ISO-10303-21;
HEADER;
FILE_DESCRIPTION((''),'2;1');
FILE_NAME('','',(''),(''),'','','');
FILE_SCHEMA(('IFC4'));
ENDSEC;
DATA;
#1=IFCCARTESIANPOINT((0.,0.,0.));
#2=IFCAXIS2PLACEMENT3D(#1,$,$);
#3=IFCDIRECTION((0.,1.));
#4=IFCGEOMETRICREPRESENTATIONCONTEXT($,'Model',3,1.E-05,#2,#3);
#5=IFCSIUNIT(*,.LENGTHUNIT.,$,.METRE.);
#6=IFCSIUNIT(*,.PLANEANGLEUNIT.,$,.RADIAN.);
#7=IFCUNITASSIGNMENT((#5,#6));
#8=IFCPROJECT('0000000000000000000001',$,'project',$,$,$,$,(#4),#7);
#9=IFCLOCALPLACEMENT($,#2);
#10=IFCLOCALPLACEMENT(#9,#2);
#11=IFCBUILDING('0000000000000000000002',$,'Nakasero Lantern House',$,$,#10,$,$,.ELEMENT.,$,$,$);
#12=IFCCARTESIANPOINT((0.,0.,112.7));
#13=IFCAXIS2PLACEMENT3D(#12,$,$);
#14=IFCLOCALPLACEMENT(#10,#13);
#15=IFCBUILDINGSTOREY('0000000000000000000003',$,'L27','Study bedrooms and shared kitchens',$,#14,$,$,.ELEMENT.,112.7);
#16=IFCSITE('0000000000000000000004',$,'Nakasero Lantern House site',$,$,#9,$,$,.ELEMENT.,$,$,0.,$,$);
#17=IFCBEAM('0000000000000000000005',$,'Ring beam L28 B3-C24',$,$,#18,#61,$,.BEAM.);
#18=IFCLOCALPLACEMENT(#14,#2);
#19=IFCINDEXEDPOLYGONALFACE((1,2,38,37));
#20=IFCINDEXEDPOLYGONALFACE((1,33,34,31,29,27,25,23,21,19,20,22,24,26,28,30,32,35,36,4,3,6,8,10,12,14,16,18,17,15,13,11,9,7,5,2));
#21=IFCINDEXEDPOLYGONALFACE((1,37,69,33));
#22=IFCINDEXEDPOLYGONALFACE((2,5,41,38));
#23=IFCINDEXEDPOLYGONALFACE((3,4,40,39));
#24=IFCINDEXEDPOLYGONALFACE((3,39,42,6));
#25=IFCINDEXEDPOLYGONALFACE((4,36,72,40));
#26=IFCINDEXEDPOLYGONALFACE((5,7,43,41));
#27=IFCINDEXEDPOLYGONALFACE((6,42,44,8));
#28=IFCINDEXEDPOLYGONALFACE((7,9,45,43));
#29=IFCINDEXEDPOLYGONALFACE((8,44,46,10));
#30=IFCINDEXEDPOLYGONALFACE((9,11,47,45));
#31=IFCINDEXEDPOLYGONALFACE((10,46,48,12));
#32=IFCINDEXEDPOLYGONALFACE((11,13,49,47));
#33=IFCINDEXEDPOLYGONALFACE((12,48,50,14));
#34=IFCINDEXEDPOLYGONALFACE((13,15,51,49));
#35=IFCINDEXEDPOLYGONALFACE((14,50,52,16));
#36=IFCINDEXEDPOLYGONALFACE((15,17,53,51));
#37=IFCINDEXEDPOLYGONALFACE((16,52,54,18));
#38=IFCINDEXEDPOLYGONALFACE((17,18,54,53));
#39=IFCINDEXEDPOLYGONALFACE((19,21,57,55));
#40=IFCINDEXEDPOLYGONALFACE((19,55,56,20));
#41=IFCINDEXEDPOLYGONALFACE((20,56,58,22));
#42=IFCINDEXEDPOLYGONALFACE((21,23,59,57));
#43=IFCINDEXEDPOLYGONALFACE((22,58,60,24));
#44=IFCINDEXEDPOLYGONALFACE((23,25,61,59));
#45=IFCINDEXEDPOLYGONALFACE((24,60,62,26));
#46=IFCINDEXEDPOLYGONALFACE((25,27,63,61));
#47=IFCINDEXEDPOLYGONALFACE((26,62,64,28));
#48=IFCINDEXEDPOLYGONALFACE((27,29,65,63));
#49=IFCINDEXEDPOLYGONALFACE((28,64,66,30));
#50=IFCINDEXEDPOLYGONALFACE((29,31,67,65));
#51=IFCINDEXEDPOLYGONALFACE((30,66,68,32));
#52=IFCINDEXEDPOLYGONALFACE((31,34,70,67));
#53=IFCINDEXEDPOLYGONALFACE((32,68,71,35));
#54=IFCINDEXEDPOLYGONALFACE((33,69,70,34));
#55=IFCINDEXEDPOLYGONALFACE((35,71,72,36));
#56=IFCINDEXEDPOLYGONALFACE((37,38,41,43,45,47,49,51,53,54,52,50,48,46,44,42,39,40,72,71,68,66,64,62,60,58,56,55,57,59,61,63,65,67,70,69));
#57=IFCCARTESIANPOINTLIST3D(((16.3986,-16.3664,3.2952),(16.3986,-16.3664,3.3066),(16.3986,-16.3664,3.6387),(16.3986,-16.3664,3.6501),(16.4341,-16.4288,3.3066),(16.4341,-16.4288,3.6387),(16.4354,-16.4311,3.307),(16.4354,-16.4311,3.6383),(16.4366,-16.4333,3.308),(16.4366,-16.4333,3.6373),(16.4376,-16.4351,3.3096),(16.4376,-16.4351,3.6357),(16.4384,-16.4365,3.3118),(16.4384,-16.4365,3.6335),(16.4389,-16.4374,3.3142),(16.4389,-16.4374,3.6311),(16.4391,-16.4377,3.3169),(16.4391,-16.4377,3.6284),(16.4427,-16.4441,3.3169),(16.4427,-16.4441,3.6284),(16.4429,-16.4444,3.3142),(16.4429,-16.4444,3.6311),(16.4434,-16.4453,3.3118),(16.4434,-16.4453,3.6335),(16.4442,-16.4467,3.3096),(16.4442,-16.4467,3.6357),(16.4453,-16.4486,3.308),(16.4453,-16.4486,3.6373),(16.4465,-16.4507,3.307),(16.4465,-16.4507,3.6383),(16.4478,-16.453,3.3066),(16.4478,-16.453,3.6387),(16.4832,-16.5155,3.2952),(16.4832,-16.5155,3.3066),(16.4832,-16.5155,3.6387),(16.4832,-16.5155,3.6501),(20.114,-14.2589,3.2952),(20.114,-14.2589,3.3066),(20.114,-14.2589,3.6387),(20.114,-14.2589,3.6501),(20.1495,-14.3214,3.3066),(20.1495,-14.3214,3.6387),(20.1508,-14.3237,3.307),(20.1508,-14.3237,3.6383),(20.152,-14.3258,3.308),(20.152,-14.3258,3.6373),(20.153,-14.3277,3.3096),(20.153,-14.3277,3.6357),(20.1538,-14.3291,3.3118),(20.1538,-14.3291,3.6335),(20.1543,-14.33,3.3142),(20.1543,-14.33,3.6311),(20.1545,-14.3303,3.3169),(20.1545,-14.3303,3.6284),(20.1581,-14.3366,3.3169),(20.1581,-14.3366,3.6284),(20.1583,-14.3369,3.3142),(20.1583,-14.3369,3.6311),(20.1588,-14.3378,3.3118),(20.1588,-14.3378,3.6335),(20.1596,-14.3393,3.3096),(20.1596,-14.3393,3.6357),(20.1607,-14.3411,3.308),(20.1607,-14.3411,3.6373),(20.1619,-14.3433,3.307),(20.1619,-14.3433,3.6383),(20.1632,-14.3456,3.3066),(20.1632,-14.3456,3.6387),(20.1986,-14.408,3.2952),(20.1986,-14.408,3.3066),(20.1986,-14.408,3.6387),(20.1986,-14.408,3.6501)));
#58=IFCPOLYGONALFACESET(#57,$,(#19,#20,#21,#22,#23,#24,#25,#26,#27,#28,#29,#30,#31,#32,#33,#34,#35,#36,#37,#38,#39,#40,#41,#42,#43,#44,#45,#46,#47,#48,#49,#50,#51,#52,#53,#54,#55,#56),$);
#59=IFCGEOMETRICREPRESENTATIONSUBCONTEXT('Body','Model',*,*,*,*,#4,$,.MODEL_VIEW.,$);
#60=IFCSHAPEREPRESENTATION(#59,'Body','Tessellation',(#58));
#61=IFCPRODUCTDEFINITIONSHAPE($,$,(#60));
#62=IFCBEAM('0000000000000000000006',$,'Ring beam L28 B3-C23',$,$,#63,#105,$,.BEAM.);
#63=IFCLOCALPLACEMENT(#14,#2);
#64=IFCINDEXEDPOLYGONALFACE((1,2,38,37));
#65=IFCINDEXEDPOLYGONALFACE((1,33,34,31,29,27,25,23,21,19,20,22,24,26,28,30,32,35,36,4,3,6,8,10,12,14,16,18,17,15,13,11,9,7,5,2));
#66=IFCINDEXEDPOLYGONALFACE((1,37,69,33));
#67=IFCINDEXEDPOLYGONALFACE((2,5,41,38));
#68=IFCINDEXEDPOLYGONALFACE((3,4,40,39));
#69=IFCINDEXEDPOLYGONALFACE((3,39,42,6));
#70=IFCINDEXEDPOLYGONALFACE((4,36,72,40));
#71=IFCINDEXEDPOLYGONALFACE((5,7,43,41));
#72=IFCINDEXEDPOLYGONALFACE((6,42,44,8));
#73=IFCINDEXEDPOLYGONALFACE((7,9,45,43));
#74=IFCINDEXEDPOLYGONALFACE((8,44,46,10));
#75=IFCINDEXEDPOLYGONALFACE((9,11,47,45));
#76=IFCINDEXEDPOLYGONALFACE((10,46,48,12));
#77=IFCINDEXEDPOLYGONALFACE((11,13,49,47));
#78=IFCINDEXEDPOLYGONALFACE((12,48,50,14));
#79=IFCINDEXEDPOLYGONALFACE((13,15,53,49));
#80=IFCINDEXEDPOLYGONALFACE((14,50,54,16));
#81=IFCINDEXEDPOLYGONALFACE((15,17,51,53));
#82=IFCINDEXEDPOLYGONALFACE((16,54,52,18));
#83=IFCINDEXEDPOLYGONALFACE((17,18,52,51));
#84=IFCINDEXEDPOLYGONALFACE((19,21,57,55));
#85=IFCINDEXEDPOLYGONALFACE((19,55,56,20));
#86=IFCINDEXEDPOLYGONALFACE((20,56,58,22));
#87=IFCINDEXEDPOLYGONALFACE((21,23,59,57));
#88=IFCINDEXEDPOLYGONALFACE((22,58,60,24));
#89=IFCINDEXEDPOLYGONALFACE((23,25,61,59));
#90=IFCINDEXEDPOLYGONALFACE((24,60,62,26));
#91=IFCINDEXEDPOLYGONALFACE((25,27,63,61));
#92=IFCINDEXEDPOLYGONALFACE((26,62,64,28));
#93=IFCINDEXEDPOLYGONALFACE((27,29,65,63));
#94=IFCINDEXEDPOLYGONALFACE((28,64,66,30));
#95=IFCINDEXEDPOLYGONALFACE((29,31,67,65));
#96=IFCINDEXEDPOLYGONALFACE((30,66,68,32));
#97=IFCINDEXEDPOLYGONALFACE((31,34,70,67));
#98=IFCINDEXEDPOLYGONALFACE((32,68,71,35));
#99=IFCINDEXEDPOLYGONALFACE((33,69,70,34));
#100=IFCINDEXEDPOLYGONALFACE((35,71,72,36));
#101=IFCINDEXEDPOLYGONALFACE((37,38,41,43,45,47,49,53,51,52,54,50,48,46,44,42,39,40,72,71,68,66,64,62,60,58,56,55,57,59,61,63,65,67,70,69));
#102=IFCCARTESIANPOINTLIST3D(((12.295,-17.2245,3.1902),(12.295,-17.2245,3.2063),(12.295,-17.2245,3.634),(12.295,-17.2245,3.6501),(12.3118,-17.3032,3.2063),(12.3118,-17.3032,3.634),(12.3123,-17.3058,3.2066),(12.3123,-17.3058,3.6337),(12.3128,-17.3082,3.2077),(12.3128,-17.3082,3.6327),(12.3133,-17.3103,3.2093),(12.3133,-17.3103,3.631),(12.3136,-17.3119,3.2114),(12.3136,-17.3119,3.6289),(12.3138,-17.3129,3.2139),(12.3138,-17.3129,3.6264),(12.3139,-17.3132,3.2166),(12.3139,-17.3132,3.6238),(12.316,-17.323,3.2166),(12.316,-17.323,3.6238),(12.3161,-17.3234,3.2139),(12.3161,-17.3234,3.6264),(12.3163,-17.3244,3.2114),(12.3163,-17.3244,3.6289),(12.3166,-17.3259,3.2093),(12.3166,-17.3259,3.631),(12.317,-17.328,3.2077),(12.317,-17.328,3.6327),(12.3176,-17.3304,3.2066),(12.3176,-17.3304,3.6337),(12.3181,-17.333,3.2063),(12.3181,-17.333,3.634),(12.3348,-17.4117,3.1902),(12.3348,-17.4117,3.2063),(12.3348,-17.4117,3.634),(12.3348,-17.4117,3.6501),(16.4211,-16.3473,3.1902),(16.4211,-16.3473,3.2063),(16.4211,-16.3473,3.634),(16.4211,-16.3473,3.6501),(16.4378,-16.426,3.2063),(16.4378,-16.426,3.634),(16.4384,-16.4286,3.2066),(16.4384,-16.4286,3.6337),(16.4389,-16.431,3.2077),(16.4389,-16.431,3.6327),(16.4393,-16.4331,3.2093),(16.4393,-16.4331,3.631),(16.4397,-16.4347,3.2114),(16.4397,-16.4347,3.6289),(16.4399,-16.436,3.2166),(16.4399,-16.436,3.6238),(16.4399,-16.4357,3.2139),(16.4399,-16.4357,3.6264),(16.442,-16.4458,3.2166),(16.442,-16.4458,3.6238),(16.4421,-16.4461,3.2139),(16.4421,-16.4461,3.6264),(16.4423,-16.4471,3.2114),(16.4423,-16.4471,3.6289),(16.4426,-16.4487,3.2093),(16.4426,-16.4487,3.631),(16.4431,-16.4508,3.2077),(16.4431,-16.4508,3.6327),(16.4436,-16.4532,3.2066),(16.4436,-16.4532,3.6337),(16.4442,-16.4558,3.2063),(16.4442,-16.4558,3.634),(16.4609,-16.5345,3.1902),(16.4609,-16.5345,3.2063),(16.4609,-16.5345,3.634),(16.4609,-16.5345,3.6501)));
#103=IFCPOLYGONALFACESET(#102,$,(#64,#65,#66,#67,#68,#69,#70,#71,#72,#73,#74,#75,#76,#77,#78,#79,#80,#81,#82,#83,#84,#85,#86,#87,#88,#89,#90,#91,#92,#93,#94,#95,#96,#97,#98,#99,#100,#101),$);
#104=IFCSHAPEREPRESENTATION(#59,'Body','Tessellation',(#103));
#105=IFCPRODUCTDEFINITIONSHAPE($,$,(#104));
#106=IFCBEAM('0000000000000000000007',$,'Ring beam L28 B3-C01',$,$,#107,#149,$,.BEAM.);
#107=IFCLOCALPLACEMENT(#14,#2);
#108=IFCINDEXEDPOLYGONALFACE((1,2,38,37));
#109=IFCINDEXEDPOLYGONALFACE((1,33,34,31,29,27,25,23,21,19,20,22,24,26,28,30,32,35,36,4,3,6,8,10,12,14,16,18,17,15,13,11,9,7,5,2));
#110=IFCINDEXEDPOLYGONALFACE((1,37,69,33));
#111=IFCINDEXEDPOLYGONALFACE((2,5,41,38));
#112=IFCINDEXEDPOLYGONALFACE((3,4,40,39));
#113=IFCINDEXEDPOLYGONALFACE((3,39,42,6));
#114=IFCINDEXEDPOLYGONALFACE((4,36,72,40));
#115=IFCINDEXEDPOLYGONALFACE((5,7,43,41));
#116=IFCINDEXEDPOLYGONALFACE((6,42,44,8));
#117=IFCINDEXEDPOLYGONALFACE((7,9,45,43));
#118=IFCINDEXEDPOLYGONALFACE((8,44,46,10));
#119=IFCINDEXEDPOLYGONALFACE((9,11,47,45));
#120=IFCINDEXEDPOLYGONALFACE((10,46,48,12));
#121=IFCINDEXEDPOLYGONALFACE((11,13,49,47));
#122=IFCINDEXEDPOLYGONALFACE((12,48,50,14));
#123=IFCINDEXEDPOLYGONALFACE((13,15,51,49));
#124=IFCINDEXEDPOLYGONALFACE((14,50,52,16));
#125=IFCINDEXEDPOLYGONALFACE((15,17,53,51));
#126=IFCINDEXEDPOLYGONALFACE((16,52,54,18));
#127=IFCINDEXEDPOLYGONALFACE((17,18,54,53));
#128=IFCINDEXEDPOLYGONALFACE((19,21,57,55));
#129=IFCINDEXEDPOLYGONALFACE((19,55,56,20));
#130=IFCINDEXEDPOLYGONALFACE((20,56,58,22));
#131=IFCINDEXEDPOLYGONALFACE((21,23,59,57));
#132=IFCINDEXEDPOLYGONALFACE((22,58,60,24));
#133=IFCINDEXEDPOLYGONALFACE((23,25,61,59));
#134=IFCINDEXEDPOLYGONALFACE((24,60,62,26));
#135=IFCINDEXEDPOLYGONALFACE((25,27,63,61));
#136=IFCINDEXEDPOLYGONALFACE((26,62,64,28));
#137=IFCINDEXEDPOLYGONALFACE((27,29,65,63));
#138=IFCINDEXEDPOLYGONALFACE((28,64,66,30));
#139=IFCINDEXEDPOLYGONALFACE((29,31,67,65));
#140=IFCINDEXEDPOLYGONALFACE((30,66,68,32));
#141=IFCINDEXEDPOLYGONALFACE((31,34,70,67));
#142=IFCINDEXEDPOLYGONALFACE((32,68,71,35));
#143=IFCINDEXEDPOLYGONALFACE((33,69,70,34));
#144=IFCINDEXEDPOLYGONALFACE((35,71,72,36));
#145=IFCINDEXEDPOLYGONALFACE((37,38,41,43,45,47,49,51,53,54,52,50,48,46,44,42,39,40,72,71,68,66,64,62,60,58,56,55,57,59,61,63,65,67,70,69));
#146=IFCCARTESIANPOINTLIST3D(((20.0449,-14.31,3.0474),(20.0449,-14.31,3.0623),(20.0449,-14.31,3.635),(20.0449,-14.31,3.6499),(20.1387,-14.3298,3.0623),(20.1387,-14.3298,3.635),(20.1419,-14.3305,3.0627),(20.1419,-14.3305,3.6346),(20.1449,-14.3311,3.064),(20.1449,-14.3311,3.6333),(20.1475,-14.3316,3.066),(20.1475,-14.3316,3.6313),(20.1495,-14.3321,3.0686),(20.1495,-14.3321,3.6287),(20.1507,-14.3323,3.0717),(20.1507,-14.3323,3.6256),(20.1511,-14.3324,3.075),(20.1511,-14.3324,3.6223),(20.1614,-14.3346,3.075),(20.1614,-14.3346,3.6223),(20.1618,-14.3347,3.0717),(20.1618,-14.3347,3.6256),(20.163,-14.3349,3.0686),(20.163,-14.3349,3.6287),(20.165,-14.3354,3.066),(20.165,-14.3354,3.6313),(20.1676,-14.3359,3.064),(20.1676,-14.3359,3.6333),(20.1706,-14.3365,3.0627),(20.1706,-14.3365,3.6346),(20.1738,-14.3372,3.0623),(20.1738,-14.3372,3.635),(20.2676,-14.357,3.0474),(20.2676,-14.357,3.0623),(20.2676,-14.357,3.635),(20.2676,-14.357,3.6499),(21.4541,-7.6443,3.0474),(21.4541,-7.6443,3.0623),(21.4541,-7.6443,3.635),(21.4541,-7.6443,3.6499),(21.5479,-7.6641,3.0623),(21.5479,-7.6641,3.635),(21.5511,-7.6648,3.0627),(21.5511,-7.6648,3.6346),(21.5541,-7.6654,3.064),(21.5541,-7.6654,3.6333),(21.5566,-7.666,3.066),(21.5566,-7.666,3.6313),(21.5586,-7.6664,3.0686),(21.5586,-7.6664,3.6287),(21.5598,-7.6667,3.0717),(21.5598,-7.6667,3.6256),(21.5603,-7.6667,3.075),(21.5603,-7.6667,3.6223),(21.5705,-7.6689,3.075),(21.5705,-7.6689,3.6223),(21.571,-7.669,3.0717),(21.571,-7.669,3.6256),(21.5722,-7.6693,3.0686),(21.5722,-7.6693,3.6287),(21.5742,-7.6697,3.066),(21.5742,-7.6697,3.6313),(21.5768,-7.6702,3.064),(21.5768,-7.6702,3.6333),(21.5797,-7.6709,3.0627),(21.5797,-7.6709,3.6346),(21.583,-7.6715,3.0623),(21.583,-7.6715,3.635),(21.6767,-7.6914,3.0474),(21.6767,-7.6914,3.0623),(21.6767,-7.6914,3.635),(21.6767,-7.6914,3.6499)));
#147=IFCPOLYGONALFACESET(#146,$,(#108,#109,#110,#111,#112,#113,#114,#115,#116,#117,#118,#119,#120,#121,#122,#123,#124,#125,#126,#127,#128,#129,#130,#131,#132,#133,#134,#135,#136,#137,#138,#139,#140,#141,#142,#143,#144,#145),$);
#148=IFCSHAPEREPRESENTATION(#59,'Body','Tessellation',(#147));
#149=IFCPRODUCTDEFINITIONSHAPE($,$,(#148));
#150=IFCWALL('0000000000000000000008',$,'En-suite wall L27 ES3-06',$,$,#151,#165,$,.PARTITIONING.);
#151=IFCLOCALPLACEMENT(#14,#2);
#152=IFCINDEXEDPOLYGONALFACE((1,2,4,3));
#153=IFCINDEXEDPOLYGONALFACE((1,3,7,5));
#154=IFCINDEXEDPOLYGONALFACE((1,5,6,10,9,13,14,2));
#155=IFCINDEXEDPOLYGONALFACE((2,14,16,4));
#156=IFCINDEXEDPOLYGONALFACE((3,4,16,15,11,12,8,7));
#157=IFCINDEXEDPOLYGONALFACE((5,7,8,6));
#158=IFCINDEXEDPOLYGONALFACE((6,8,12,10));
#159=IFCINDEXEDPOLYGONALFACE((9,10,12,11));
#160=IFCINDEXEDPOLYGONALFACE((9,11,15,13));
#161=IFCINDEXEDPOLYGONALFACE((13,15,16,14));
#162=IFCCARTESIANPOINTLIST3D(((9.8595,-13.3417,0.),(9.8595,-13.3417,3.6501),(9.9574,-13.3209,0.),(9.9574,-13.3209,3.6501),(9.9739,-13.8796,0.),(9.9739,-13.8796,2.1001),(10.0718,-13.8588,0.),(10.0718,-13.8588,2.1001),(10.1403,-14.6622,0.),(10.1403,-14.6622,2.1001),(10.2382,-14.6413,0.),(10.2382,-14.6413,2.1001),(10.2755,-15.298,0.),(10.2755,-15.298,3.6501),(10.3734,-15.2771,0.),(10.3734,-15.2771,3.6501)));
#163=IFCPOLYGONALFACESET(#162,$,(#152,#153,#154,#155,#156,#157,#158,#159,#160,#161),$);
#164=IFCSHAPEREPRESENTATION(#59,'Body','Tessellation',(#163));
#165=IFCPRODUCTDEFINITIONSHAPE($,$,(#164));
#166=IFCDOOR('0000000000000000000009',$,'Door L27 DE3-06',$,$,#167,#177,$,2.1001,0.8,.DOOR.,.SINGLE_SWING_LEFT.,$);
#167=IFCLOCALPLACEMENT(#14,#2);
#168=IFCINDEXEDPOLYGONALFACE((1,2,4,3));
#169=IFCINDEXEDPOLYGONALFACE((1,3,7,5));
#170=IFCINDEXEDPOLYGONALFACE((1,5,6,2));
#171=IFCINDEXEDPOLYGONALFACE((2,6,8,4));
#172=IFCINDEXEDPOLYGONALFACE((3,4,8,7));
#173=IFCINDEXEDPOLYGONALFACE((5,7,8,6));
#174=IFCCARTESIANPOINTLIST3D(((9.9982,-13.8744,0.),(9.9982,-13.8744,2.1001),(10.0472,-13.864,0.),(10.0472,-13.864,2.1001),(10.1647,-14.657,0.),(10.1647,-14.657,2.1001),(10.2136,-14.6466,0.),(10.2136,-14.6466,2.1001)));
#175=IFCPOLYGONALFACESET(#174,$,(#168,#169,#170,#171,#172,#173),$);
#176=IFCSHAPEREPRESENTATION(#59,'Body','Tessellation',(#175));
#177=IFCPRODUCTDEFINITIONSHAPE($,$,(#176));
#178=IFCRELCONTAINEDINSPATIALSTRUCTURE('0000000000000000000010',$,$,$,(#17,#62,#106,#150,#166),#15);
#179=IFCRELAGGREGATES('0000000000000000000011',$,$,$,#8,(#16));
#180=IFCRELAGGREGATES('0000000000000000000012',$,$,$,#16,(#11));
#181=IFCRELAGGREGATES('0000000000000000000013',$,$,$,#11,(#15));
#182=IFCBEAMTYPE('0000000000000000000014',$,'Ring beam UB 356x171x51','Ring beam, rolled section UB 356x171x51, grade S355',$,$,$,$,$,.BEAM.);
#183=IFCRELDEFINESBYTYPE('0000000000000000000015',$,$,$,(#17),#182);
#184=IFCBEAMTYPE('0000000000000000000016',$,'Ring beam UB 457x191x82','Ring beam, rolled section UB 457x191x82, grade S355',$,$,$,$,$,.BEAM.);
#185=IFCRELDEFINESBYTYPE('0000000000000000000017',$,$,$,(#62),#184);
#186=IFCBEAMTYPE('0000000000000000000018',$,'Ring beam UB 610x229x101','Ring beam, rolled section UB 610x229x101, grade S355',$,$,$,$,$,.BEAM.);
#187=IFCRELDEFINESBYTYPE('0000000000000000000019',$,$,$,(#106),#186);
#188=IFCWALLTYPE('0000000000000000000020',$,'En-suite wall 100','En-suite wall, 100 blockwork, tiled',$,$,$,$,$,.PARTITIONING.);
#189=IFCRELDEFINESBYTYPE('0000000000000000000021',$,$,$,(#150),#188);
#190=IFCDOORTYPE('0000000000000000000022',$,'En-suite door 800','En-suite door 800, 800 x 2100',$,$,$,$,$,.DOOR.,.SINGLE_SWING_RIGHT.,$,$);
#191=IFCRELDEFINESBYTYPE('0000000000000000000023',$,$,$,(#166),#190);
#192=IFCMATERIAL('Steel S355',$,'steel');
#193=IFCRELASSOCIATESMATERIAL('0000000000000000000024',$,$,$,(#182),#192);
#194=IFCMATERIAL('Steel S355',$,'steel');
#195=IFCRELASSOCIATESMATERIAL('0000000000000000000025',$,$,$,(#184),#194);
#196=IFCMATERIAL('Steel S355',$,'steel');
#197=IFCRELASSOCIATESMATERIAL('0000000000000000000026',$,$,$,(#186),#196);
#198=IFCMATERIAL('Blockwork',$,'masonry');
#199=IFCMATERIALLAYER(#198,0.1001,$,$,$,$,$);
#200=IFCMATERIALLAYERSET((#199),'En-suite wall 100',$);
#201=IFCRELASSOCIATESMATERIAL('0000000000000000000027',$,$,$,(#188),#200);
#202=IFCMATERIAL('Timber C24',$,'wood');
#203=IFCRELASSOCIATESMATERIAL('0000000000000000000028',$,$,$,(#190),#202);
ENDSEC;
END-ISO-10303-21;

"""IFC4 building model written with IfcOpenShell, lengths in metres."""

from ifc_helpers import new_model, si_unit, direction, frame, frame_2d, origin, origin_2d, place, context, subcontext, project, spatial, rectangle, i_section, extrude, material, layer, layer_set, material_profile, profile_set, type_object, element, fill, save


model = new_model("IFC4")

# Units and contexts
model_context = context("Model", 3, precision=1e-05, world=origin(), true_north=direction((0.0, 1.0)))
body_context = subcontext(model_context, "Body", "Model", "MODEL_VIEW")
ifc_project = project(units=[si_unit("LENGTHUNIT", "METRE"), si_unit("PLANEANGLEUNIT", "RADIAN")], contexts=[model_context])

# Site, building, storey
site_placement = place(None, origin())
site = spatial("IfcSite", under=ifc_project, at=site_placement, Name="Nakasero Lantern House site", CompositionType="ELEMENT", RefElevation=0.0)
building_placement = place(site_placement, origin())
building = spatial("IfcBuilding", under=site, at=building_placement, Name="Nakasero Lantern House", CompositionType="ELEMENT")
storey_placement = place(building_placement, frame((0.0, 0.0, 112.7)))
storey = spatial("IfcBuildingStorey", under=building, at=storey_placement, Name="L27", Description="Study bedrooms and shared kitchens", CompositionType="ELEMENT", Elevation=112.7)

# Beams
ifc_material_1 = material(Name="Steel S355", Category="steel")
ifc_material_profile_1 = material_profile(ifc_material_1, i_section(OverallWidth=0.1714, OverallDepth=0.355, WebThickness=0.0073, FlangeThickness=0.0115, FilletRadius=0.0103, at=origin_2d()), Name="UB 356x171x51")
ifc_profile_set_1 = profile_set([ifc_material_profile_1], Name="Steel S355")
beam_type_1 = type_object("IfcBeamType", Name="Ring beam UB 356x171x51", Description="Ring beam, rolled section UB 356x171x51, grade S355", PredefinedType="BEAM", material=ifc_profile_set_1)
beam_1_placement = place(storey_placement, frame((16.4409, -16.4409, 3.4727), z_axis=(0.869815, 0.493379, 0.0), x_axis=(-0.493379, 0.869815, 0.0)))
element("IfcBeam", 1, at=beam_1_placement, inside=storey, type_object=beam_type_1, Name="Ring beam L28 B3-C24", PredefinedType="BEAM", context=body_context, shape_type="SweptSolid", body=[
    extrude(i_section(OverallWidth=0.1714, OverallDepth=0.355, WebThickness=0.0073, FlangeThickness=0.0115, FilletRadius=0.0103, at=origin_2d()), origin(), (0.0, 0.0, 1.0), 4.2715),
])
ifc_material_2 = material(Name="Steel S355", Category="steel")
ifc_material_profile_2 = material_profile(ifc_material_2, i_section(OverallWidth=0.1914, OverallDepth=0.46, WebThickness=0.01, FlangeThickness=0.0161, FilletRadius=0.0103, at=origin_2d()), Name="UB 457x191x82")
ifc_profile_set_2 = profile_set([ifc_material_profile_2], Name="Steel S355")
beam_type_2 = type_object("IfcBeamType", Name="Ring beam UB 457x191x82", Description="Ring beam, rolled section UB 457x191x82, grade S355", PredefinedType="BEAM", material=ifc_profile_set_2)
beam_2_placement = place(storey_placement, frame((12.3149, -17.3181, 3.4202), z_axis=(0.978138, 0.207956, 0.0), x_axis=(-0.207956, 0.978138, 0.0)))
element("IfcBeam", 2, at=beam_2_placement, inside=storey, type_object=beam_type_2, Name="Ring beam L28 B3-C23", PredefinedType="BEAM", context=body_context, shape_type="SweptSolid", body=[
    extrude(i_section(OverallWidth=0.1914, OverallDepth=0.46, WebThickness=0.01, FlangeThickness=0.0161, FilletRadius=0.0103, at=origin_2d()), origin(), (0.0, 0.0, 1.0), 4.2183),
])
ifc_material_3 = material(Name="Steel S355", Category="steel")
ifc_material_profile_3 = material_profile(ifc_material_3, i_section(OverallWidth=0.2275, OverallDepth=0.6025, WebThickness=0.0105, FlangeThickness=0.0149, FilletRadius=0.0127, at=origin_2d()), Name="UB 610x229x101")
ifc_profile_set_3 = profile_set([ifc_material_profile_3], Name="Steel S355")
beam_type_3 = type_object("IfcBeamType", Name="Ring beam UB 610x229x101", Description="Ring beam, rolled section UB 610x229x101, grade S355", PredefinedType="BEAM", material=ifc_profile_set_3)
beam_3_placement = place(storey_placement, frame((20.1562, -14.3335, 3.3486), z_axis=(0.206834, 0.978376, 0.0), x_axis=(-0.978376, 0.206834, 0.0)))
element("IfcBeam", 3, at=beam_3_placement, inside=storey, type_object=beam_type_3, Name="Ring beam L28 B3-C01", PredefinedType="BEAM", context=body_context, shape_type="SweptSolid", body=[
    extrude(i_section(OverallWidth=0.2275, OverallDepth=0.6025, WebThickness=0.0105, FlangeThickness=0.0149, FilletRadius=0.0127, at=origin_2d()), origin(), (0.0, 0.0, 1.0), 6.813),
])

# Wall, opening, door
ifc_material_4 = material(Name="Blockwork", Category="masonry")
ifc_layer_1 = layer(ifc_material_4, 0.1001)
ifc_layer_set_1 = layer_set([ifc_layer_1], Name="En-suite wall 100")
wall_type_1 = type_object("IfcWallType", Name="En-suite wall 100", Description="En-suite wall, 100 blockwork, tiled", PredefinedType="PARTITIONING", material=ifc_layer_set_1)
wall_1_placement = place(storey_placement, frame((9.9084, -13.3313, 0.0), z_axis=(0.0, 0.0, 1.0), x_axis=(0.208003, -0.978128, 0.0)))
wall_1 = element("IfcWall", 4, at=wall_1_placement, inside=storey, type_object=wall_type_1, Name="En-suite wall L27 ES3-06", PredefinedType="PARTITIONING", context=body_context, shape_type="SweptSolid", body=[
    extrude(rectangle(XDim=2.0, YDim=0.1001, at=frame_2d((1.0, 0.0))), origin(), (0.0, 0.0, 1.0), 3.6501),
])
opening_1_placement = place(wall_1_placement, frame((0.55, 0.0, 0.0)))
opening_1 = element("IfcOpeningElement", 5, at=opening_1_placement, cuts=wall_1, PredefinedType="OPENING", context=body_context, shape_type="SweptSolid", body=[
    extrude(rectangle(XDim=0.8, YDim=2.1001, at=frame_2d((0.3999, 1.05))), frame((0.0, 0.0701, 0.0), z_axis=(0.0, -1.0, 0.0), x_axis=(1.0, 0.0, 0.0)), (0.0, 0.0, 1.0), 0.1401),
])
ifc_material_5 = material(Name="Timber C24", Category="wood")
door_type_1 = type_object("IfcDoorType", Name="En-suite door 800", Description="En-suite door 800, 800 x 2100", OperationType="SINGLE_SWING_RIGHT", PredefinedType="DOOR", material=ifc_material_5)
door_1_placement = place(opening_1_placement, origin())
door_1 = element("IfcDoor", 6, at=door_1_placement, inside=storey, type_object=door_type_1, Name="Door L27 DE3-06", OperationType="SINGLE_SWING_LEFT", OverallHeight=2.1001, OverallWidth=0.8, PredefinedType="DOOR", context=body_context, shape_type="SweptSolid", body=[
    extrude(rectangle(XDim=0.8, YDim=2.1001, at=frame_2d((0.3999, 1.05))), frame((0.0, 0.0249, 0.0), z_axis=(0.0, -1.0, 0.0), x_axis=(1.0, 0.0, 0.0)), (0.0, 0.0, 1.0), 0.05),
])
fill(opening_1, door_1)

save(model, "model.ifc")
